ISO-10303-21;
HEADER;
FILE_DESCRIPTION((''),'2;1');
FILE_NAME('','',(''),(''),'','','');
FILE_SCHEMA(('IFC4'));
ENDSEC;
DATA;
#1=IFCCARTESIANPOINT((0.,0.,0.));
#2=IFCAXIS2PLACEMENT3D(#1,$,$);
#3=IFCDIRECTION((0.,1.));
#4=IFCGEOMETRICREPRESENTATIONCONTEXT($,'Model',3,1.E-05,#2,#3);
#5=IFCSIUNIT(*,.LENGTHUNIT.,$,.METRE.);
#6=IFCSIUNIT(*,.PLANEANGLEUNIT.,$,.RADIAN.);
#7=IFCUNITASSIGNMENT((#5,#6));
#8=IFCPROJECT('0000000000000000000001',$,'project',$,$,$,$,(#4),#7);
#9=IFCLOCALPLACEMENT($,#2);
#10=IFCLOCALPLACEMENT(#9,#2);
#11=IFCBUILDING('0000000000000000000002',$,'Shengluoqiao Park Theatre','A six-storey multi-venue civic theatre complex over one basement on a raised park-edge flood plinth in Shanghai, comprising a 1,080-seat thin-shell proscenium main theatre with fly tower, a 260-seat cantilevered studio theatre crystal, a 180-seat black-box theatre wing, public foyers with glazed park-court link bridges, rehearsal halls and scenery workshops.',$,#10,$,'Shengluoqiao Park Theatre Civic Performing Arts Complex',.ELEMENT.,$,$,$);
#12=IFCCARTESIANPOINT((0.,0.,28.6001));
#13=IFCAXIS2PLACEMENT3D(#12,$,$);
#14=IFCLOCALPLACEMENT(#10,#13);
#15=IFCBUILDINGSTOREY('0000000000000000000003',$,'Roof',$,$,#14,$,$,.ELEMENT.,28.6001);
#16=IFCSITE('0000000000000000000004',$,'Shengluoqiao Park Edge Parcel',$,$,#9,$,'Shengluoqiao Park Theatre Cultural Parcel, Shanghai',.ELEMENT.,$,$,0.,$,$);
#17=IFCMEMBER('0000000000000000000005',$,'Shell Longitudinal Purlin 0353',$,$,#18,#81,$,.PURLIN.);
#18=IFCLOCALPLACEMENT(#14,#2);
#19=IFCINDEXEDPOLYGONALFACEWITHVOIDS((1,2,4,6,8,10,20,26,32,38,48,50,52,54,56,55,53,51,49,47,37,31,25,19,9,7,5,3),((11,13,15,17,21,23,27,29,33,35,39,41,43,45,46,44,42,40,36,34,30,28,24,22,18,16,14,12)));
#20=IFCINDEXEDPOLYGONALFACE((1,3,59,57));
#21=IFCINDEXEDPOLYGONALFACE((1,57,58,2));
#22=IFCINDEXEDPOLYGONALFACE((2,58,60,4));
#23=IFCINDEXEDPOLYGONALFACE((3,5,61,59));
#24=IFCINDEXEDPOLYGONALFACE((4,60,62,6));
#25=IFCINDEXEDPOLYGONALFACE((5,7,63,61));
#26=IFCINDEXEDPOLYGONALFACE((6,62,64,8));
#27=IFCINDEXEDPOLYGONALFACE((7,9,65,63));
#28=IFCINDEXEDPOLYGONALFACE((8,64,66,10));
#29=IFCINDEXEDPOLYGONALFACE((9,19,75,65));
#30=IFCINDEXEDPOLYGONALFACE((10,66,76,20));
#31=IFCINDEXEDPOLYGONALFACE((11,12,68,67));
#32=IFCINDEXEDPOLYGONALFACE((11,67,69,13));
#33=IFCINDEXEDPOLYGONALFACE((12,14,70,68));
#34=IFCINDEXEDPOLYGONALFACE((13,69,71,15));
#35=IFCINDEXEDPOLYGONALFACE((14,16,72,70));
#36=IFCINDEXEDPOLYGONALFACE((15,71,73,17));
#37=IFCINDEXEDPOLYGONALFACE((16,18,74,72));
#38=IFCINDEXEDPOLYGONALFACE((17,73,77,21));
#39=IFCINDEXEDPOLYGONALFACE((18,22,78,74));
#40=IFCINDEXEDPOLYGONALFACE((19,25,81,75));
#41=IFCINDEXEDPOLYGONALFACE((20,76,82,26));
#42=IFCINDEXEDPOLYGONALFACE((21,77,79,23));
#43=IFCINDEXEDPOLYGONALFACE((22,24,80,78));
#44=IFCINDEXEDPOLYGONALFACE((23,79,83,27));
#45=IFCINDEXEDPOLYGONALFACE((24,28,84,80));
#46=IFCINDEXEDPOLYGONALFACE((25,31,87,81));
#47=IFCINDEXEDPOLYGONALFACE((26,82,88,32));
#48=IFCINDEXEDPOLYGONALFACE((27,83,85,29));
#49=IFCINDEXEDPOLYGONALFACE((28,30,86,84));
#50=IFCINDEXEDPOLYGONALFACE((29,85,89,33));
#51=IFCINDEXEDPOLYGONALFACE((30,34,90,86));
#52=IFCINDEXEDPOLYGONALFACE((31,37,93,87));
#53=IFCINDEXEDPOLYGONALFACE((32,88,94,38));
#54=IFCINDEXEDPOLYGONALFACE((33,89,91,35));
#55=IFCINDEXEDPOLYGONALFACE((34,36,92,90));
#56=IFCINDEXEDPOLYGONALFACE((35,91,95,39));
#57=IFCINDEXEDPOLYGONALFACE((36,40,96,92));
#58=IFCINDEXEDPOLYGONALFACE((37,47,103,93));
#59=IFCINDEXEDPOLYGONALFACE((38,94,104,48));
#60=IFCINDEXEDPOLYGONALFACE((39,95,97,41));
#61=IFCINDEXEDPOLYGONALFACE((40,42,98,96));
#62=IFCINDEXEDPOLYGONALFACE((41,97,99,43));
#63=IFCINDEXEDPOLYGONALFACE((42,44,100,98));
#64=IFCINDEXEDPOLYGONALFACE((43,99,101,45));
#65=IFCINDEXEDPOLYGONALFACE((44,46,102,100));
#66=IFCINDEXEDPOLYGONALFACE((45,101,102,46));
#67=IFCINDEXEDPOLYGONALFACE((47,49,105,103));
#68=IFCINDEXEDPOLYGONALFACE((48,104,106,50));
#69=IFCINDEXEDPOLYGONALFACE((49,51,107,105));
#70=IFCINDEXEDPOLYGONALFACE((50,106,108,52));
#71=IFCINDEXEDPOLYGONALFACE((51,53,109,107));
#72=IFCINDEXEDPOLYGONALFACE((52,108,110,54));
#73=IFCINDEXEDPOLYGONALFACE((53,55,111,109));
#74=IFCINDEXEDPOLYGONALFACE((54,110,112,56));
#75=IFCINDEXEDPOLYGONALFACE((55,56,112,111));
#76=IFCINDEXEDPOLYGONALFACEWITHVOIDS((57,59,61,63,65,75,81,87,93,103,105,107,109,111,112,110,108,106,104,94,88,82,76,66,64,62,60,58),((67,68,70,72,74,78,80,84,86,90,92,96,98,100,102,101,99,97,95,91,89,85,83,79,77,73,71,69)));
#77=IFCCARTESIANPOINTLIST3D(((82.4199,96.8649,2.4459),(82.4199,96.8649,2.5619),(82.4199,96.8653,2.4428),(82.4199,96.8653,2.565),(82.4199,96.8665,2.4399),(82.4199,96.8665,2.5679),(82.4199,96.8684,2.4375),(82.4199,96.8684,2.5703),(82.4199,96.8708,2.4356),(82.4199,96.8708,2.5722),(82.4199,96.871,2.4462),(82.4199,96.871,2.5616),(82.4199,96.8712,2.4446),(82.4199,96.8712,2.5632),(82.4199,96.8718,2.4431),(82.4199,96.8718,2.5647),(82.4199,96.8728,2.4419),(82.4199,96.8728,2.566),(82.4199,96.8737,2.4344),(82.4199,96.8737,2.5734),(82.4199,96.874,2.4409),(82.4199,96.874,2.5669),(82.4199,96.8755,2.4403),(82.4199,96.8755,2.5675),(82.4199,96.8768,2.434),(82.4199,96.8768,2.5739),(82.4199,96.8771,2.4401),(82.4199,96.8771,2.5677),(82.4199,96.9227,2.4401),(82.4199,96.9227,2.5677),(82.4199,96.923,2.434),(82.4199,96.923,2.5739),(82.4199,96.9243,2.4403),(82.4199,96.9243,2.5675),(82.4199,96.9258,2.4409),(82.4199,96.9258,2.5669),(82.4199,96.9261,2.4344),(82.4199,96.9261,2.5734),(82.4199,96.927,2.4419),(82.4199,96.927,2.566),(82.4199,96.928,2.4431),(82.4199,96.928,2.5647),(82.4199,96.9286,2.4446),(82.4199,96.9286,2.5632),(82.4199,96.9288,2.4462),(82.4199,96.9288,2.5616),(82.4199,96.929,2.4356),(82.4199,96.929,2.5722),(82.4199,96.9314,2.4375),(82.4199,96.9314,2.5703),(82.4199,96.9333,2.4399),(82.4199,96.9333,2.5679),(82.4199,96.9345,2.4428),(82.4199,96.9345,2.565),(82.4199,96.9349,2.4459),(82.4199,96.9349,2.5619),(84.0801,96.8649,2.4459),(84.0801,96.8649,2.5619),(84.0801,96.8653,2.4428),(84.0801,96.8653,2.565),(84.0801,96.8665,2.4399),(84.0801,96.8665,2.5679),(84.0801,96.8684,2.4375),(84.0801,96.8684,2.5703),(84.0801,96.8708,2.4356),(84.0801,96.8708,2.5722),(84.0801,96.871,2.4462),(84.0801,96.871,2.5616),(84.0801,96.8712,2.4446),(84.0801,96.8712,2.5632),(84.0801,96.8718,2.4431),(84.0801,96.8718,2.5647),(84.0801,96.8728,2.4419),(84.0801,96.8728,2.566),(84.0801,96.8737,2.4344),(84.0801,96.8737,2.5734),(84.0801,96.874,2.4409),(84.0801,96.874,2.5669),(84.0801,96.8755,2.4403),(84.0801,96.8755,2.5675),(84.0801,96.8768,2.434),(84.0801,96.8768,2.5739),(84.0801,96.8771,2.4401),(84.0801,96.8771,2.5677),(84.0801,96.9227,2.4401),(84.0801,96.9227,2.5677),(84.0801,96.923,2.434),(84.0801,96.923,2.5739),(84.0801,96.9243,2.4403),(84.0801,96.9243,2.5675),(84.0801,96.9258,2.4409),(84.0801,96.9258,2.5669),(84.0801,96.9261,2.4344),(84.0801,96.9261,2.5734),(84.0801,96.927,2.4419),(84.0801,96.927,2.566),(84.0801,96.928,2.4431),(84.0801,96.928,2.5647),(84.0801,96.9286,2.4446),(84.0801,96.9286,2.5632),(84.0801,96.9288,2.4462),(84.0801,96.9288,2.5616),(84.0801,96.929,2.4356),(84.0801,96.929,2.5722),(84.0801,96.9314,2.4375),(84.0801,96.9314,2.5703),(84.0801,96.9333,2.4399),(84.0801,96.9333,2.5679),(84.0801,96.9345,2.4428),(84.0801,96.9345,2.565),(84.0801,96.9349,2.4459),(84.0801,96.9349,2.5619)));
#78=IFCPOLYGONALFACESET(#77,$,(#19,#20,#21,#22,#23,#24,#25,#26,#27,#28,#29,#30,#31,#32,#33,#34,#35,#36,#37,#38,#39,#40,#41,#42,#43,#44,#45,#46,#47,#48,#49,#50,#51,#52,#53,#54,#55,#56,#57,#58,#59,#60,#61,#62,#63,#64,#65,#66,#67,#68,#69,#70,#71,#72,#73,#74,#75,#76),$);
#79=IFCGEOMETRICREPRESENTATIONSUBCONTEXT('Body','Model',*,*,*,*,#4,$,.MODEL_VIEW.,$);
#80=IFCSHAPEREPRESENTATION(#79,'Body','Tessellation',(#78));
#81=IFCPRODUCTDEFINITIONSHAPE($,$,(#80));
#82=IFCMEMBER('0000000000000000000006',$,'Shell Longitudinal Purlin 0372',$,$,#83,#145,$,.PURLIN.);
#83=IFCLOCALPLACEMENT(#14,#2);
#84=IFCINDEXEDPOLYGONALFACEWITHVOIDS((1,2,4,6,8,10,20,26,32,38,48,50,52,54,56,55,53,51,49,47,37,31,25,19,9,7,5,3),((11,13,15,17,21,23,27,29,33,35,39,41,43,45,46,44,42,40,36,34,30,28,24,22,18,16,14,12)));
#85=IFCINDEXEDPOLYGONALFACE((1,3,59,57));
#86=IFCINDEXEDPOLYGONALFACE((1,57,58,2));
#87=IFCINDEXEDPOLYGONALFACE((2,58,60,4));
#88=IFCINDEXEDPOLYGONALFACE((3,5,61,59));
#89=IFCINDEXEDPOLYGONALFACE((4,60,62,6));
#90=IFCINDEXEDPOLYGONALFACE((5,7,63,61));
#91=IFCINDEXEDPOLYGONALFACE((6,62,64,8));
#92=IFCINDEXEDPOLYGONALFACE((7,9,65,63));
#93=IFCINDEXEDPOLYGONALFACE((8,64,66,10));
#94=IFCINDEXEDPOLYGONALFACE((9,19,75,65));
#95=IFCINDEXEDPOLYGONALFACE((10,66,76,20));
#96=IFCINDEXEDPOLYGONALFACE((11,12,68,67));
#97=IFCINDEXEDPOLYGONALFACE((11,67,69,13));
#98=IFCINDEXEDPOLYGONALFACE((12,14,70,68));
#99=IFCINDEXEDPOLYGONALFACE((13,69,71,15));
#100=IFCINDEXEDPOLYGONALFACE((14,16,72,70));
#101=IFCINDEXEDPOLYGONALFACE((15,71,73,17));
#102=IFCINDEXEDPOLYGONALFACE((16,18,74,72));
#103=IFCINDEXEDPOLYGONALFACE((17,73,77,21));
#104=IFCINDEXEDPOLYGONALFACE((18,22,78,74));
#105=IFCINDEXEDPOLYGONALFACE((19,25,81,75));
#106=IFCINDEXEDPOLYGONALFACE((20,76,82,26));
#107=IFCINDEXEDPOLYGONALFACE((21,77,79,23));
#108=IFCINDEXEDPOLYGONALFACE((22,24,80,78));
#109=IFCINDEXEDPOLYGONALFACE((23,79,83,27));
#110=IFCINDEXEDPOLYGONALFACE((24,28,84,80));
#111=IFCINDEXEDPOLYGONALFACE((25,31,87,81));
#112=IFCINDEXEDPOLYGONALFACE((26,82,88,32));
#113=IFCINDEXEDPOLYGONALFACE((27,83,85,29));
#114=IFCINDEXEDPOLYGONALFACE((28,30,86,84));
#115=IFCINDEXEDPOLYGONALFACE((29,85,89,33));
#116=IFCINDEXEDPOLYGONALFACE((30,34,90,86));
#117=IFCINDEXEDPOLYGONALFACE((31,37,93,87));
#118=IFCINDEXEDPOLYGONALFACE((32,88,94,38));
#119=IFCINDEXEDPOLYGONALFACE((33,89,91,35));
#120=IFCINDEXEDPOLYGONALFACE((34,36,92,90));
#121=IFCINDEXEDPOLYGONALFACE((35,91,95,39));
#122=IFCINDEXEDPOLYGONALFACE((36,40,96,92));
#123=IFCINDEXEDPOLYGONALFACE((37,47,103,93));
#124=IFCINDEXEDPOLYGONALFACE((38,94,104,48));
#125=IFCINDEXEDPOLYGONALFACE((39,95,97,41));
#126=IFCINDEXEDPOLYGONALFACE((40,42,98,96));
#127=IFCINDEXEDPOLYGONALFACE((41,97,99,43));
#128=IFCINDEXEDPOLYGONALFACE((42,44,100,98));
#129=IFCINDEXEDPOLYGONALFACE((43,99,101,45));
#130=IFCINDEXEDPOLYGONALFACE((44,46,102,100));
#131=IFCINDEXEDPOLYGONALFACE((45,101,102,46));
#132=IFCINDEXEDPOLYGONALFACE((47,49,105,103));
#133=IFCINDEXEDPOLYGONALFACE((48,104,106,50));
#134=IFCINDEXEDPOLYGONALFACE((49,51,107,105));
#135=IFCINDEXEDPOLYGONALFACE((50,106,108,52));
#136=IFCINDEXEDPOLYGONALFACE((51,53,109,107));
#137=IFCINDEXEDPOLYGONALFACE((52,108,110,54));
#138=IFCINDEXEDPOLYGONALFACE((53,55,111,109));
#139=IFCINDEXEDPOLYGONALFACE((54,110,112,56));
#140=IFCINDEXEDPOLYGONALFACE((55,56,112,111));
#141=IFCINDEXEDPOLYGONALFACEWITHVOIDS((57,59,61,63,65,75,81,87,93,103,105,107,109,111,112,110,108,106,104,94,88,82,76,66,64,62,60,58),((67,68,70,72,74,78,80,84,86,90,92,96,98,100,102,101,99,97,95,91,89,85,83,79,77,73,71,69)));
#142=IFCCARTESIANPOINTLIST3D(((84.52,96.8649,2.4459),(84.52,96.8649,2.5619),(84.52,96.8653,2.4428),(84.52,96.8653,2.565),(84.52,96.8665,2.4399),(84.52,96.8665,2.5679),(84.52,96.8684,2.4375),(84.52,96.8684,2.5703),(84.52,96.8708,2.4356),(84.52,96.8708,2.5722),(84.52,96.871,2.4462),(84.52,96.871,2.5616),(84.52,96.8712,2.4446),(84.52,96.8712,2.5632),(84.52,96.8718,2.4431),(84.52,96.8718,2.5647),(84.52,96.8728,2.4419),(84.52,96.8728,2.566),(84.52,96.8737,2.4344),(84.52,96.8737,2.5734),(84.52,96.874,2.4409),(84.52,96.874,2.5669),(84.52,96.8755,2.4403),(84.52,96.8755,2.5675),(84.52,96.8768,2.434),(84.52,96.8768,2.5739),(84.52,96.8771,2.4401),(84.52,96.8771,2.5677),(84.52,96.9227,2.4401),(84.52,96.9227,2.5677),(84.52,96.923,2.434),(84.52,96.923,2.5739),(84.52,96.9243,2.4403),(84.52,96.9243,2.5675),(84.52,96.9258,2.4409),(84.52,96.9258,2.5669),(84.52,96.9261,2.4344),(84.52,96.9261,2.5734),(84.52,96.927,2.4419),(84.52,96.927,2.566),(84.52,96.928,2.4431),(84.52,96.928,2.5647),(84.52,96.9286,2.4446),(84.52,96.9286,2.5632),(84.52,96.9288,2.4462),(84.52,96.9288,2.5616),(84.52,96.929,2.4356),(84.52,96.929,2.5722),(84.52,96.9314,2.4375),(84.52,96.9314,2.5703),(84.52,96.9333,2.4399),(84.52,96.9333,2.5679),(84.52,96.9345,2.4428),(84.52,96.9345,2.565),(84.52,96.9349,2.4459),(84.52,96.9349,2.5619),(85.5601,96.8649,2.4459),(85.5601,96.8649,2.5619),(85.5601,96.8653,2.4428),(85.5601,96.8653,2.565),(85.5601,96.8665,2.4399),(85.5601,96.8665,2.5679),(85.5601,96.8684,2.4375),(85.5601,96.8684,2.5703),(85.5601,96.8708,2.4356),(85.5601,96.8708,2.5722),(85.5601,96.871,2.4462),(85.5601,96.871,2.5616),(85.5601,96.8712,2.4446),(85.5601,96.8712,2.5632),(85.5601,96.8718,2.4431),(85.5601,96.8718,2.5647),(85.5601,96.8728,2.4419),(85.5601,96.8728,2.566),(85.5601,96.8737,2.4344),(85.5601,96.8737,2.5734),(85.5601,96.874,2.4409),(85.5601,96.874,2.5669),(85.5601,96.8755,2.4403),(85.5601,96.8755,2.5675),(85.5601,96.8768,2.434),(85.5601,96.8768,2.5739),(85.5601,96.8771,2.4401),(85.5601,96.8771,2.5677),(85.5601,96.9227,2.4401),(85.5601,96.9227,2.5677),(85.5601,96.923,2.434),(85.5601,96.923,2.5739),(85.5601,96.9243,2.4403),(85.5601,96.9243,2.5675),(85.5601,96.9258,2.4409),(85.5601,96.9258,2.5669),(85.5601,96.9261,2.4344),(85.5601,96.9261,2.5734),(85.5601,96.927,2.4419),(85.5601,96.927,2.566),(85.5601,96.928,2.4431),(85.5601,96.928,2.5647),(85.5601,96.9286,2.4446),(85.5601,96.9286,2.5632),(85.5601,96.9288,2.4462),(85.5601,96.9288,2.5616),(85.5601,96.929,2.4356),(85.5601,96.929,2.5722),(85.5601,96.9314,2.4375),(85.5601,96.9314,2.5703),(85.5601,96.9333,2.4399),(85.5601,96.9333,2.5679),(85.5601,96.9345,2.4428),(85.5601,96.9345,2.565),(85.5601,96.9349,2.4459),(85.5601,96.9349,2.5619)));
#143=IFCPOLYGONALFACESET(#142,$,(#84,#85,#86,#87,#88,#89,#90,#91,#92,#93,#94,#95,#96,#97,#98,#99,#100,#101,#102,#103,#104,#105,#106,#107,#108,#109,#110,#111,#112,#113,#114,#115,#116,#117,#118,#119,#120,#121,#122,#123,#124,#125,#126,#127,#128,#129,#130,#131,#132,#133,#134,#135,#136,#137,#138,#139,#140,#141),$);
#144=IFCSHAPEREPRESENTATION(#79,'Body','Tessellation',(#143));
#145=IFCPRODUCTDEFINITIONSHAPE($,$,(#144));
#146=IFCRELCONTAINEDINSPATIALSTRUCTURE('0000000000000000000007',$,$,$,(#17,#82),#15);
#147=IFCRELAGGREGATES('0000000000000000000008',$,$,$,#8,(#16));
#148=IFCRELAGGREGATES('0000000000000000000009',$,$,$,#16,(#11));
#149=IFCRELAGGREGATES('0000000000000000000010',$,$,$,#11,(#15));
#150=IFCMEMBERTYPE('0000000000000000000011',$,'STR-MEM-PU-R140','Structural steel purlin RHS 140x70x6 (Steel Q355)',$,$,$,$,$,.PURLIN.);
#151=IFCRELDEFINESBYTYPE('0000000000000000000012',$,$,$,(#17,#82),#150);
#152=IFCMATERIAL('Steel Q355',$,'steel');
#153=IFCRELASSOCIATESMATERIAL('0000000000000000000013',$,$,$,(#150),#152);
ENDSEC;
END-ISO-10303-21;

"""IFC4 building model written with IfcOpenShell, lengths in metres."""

from ifc_helpers import new_model, si_unit, direction, frame, origin, origin_2d, place, context, subcontext, project, spatial, hollow_rectangle, extrude, material, material_profile, profile_set, type_object, element, save


model = new_model("IFC4")

# Units and contexts
model_context = context("Model", 3, precision=1e-05, world=origin(), true_north=direction((0.0, 1.0)))
body_context = subcontext(model_context, "Body", "Model", "MODEL_VIEW")
ifc_project = project(units=[si_unit("LENGTHUNIT", "METRE"), si_unit("PLANEANGLEUNIT", "RADIAN")], contexts=[model_context])

# Site, building, storey
site_placement = place(None, origin())
site = spatial("IfcSite", under=ifc_project, at=site_placement, Name="Shengluoqiao Park Edge Parcel", LongName="Shengluoqiao Park Theatre Cultural Parcel, Shanghai", CompositionType="ELEMENT", RefElevation=0.0)
building_placement = place(site_placement, origin())
building = spatial("IfcBuilding", under=site, at=building_placement, Name="Shengluoqiao Park Theatre", Description="A six-storey multi-venue civic theatre complex over one basement on a raised park-edge flood plinth in Shanghai, comprising a 1,080-seat thin-shell proscenium main theatre with fly tower, a 260-seat cantilevered studio theatre crystal, a 180-seat black-box theatre wing, public foyers with glazed park-court link bridges, rehearsal halls and scenery workshops.", LongName="Shengluoqiao Park Theatre Civic Performing Arts Complex", CompositionType="ELEMENT")
storey_placement = place(building_placement, frame((0.0, 0.0, 28.6001)))
storey = spatial("IfcBuildingStorey", under=building, at=storey_placement, Name="Roof", CompositionType="ELEMENT", Elevation=28.6001)

# Shared definitions
ifc_material_1 = material(Name="Steel Q355", Category="steel")

# Members
ifc_material_profile_1 = material_profile(ifc_material_1, hollow_rectangle(XDim=0.0701, YDim=0.1399, WallThickness=0.0061, InnerFilletRadius=0.0061, OuterFilletRadius=0.012, at=origin_2d()), Name="RHS 140x70x6")
ifc_profile_set_1 = profile_set([ifc_material_profile_1], Name="Steel Q355")
member_type_1 = type_object("IfcMemberType", Name="STR-MEM-PU-R140", Description="Structural steel purlin RHS 140x70x6 (Steel Q355)", PredefinedType="PURLIN", material=ifc_profile_set_1)
member_1_placement = place(storey_placement, frame((82.4199, 96.8999, 2.5039), z_axis=(1.0, 0.0, 0.0), x_axis=(0.0, 1.0, 0.0)))
element("IfcMember", 1, at=member_1_placement, inside=storey, type_object=member_type_1, Name="Shell Longitudinal Purlin 0353", PredefinedType="PURLIN", context=body_context, shape_type="SweptSolid", body=[
    extrude(hollow_rectangle(XDim=0.0701, YDim=0.1399, WallThickness=0.0061, InnerFilletRadius=0.0061, OuterFilletRadius=0.012, at=origin_2d()), origin(), (0.0, 0.0, 1.0), 1.6602),
])
member_2_placement = place(storey_placement, frame((84.52, 96.8999, 2.5039), z_axis=(1.0, 0.0, 0.0), x_axis=(0.0, 1.0, 0.0)))
element("IfcMember", 2, at=member_2_placement, inside=storey, type_object=member_type_1, Name="Shell Longitudinal Purlin 0372", PredefinedType="PURLIN", context=body_context, shape_type="SweptSolid", body=[
    extrude(hollow_rectangle(XDim=0.0701, YDim=0.1399, WallThickness=0.0061, InnerFilletRadius=0.0061, OuterFilletRadius=0.012, at=origin_2d()), origin(), (0.0, 0.0, 1.0), 1.04),
])

save(model, "model.ifc")
